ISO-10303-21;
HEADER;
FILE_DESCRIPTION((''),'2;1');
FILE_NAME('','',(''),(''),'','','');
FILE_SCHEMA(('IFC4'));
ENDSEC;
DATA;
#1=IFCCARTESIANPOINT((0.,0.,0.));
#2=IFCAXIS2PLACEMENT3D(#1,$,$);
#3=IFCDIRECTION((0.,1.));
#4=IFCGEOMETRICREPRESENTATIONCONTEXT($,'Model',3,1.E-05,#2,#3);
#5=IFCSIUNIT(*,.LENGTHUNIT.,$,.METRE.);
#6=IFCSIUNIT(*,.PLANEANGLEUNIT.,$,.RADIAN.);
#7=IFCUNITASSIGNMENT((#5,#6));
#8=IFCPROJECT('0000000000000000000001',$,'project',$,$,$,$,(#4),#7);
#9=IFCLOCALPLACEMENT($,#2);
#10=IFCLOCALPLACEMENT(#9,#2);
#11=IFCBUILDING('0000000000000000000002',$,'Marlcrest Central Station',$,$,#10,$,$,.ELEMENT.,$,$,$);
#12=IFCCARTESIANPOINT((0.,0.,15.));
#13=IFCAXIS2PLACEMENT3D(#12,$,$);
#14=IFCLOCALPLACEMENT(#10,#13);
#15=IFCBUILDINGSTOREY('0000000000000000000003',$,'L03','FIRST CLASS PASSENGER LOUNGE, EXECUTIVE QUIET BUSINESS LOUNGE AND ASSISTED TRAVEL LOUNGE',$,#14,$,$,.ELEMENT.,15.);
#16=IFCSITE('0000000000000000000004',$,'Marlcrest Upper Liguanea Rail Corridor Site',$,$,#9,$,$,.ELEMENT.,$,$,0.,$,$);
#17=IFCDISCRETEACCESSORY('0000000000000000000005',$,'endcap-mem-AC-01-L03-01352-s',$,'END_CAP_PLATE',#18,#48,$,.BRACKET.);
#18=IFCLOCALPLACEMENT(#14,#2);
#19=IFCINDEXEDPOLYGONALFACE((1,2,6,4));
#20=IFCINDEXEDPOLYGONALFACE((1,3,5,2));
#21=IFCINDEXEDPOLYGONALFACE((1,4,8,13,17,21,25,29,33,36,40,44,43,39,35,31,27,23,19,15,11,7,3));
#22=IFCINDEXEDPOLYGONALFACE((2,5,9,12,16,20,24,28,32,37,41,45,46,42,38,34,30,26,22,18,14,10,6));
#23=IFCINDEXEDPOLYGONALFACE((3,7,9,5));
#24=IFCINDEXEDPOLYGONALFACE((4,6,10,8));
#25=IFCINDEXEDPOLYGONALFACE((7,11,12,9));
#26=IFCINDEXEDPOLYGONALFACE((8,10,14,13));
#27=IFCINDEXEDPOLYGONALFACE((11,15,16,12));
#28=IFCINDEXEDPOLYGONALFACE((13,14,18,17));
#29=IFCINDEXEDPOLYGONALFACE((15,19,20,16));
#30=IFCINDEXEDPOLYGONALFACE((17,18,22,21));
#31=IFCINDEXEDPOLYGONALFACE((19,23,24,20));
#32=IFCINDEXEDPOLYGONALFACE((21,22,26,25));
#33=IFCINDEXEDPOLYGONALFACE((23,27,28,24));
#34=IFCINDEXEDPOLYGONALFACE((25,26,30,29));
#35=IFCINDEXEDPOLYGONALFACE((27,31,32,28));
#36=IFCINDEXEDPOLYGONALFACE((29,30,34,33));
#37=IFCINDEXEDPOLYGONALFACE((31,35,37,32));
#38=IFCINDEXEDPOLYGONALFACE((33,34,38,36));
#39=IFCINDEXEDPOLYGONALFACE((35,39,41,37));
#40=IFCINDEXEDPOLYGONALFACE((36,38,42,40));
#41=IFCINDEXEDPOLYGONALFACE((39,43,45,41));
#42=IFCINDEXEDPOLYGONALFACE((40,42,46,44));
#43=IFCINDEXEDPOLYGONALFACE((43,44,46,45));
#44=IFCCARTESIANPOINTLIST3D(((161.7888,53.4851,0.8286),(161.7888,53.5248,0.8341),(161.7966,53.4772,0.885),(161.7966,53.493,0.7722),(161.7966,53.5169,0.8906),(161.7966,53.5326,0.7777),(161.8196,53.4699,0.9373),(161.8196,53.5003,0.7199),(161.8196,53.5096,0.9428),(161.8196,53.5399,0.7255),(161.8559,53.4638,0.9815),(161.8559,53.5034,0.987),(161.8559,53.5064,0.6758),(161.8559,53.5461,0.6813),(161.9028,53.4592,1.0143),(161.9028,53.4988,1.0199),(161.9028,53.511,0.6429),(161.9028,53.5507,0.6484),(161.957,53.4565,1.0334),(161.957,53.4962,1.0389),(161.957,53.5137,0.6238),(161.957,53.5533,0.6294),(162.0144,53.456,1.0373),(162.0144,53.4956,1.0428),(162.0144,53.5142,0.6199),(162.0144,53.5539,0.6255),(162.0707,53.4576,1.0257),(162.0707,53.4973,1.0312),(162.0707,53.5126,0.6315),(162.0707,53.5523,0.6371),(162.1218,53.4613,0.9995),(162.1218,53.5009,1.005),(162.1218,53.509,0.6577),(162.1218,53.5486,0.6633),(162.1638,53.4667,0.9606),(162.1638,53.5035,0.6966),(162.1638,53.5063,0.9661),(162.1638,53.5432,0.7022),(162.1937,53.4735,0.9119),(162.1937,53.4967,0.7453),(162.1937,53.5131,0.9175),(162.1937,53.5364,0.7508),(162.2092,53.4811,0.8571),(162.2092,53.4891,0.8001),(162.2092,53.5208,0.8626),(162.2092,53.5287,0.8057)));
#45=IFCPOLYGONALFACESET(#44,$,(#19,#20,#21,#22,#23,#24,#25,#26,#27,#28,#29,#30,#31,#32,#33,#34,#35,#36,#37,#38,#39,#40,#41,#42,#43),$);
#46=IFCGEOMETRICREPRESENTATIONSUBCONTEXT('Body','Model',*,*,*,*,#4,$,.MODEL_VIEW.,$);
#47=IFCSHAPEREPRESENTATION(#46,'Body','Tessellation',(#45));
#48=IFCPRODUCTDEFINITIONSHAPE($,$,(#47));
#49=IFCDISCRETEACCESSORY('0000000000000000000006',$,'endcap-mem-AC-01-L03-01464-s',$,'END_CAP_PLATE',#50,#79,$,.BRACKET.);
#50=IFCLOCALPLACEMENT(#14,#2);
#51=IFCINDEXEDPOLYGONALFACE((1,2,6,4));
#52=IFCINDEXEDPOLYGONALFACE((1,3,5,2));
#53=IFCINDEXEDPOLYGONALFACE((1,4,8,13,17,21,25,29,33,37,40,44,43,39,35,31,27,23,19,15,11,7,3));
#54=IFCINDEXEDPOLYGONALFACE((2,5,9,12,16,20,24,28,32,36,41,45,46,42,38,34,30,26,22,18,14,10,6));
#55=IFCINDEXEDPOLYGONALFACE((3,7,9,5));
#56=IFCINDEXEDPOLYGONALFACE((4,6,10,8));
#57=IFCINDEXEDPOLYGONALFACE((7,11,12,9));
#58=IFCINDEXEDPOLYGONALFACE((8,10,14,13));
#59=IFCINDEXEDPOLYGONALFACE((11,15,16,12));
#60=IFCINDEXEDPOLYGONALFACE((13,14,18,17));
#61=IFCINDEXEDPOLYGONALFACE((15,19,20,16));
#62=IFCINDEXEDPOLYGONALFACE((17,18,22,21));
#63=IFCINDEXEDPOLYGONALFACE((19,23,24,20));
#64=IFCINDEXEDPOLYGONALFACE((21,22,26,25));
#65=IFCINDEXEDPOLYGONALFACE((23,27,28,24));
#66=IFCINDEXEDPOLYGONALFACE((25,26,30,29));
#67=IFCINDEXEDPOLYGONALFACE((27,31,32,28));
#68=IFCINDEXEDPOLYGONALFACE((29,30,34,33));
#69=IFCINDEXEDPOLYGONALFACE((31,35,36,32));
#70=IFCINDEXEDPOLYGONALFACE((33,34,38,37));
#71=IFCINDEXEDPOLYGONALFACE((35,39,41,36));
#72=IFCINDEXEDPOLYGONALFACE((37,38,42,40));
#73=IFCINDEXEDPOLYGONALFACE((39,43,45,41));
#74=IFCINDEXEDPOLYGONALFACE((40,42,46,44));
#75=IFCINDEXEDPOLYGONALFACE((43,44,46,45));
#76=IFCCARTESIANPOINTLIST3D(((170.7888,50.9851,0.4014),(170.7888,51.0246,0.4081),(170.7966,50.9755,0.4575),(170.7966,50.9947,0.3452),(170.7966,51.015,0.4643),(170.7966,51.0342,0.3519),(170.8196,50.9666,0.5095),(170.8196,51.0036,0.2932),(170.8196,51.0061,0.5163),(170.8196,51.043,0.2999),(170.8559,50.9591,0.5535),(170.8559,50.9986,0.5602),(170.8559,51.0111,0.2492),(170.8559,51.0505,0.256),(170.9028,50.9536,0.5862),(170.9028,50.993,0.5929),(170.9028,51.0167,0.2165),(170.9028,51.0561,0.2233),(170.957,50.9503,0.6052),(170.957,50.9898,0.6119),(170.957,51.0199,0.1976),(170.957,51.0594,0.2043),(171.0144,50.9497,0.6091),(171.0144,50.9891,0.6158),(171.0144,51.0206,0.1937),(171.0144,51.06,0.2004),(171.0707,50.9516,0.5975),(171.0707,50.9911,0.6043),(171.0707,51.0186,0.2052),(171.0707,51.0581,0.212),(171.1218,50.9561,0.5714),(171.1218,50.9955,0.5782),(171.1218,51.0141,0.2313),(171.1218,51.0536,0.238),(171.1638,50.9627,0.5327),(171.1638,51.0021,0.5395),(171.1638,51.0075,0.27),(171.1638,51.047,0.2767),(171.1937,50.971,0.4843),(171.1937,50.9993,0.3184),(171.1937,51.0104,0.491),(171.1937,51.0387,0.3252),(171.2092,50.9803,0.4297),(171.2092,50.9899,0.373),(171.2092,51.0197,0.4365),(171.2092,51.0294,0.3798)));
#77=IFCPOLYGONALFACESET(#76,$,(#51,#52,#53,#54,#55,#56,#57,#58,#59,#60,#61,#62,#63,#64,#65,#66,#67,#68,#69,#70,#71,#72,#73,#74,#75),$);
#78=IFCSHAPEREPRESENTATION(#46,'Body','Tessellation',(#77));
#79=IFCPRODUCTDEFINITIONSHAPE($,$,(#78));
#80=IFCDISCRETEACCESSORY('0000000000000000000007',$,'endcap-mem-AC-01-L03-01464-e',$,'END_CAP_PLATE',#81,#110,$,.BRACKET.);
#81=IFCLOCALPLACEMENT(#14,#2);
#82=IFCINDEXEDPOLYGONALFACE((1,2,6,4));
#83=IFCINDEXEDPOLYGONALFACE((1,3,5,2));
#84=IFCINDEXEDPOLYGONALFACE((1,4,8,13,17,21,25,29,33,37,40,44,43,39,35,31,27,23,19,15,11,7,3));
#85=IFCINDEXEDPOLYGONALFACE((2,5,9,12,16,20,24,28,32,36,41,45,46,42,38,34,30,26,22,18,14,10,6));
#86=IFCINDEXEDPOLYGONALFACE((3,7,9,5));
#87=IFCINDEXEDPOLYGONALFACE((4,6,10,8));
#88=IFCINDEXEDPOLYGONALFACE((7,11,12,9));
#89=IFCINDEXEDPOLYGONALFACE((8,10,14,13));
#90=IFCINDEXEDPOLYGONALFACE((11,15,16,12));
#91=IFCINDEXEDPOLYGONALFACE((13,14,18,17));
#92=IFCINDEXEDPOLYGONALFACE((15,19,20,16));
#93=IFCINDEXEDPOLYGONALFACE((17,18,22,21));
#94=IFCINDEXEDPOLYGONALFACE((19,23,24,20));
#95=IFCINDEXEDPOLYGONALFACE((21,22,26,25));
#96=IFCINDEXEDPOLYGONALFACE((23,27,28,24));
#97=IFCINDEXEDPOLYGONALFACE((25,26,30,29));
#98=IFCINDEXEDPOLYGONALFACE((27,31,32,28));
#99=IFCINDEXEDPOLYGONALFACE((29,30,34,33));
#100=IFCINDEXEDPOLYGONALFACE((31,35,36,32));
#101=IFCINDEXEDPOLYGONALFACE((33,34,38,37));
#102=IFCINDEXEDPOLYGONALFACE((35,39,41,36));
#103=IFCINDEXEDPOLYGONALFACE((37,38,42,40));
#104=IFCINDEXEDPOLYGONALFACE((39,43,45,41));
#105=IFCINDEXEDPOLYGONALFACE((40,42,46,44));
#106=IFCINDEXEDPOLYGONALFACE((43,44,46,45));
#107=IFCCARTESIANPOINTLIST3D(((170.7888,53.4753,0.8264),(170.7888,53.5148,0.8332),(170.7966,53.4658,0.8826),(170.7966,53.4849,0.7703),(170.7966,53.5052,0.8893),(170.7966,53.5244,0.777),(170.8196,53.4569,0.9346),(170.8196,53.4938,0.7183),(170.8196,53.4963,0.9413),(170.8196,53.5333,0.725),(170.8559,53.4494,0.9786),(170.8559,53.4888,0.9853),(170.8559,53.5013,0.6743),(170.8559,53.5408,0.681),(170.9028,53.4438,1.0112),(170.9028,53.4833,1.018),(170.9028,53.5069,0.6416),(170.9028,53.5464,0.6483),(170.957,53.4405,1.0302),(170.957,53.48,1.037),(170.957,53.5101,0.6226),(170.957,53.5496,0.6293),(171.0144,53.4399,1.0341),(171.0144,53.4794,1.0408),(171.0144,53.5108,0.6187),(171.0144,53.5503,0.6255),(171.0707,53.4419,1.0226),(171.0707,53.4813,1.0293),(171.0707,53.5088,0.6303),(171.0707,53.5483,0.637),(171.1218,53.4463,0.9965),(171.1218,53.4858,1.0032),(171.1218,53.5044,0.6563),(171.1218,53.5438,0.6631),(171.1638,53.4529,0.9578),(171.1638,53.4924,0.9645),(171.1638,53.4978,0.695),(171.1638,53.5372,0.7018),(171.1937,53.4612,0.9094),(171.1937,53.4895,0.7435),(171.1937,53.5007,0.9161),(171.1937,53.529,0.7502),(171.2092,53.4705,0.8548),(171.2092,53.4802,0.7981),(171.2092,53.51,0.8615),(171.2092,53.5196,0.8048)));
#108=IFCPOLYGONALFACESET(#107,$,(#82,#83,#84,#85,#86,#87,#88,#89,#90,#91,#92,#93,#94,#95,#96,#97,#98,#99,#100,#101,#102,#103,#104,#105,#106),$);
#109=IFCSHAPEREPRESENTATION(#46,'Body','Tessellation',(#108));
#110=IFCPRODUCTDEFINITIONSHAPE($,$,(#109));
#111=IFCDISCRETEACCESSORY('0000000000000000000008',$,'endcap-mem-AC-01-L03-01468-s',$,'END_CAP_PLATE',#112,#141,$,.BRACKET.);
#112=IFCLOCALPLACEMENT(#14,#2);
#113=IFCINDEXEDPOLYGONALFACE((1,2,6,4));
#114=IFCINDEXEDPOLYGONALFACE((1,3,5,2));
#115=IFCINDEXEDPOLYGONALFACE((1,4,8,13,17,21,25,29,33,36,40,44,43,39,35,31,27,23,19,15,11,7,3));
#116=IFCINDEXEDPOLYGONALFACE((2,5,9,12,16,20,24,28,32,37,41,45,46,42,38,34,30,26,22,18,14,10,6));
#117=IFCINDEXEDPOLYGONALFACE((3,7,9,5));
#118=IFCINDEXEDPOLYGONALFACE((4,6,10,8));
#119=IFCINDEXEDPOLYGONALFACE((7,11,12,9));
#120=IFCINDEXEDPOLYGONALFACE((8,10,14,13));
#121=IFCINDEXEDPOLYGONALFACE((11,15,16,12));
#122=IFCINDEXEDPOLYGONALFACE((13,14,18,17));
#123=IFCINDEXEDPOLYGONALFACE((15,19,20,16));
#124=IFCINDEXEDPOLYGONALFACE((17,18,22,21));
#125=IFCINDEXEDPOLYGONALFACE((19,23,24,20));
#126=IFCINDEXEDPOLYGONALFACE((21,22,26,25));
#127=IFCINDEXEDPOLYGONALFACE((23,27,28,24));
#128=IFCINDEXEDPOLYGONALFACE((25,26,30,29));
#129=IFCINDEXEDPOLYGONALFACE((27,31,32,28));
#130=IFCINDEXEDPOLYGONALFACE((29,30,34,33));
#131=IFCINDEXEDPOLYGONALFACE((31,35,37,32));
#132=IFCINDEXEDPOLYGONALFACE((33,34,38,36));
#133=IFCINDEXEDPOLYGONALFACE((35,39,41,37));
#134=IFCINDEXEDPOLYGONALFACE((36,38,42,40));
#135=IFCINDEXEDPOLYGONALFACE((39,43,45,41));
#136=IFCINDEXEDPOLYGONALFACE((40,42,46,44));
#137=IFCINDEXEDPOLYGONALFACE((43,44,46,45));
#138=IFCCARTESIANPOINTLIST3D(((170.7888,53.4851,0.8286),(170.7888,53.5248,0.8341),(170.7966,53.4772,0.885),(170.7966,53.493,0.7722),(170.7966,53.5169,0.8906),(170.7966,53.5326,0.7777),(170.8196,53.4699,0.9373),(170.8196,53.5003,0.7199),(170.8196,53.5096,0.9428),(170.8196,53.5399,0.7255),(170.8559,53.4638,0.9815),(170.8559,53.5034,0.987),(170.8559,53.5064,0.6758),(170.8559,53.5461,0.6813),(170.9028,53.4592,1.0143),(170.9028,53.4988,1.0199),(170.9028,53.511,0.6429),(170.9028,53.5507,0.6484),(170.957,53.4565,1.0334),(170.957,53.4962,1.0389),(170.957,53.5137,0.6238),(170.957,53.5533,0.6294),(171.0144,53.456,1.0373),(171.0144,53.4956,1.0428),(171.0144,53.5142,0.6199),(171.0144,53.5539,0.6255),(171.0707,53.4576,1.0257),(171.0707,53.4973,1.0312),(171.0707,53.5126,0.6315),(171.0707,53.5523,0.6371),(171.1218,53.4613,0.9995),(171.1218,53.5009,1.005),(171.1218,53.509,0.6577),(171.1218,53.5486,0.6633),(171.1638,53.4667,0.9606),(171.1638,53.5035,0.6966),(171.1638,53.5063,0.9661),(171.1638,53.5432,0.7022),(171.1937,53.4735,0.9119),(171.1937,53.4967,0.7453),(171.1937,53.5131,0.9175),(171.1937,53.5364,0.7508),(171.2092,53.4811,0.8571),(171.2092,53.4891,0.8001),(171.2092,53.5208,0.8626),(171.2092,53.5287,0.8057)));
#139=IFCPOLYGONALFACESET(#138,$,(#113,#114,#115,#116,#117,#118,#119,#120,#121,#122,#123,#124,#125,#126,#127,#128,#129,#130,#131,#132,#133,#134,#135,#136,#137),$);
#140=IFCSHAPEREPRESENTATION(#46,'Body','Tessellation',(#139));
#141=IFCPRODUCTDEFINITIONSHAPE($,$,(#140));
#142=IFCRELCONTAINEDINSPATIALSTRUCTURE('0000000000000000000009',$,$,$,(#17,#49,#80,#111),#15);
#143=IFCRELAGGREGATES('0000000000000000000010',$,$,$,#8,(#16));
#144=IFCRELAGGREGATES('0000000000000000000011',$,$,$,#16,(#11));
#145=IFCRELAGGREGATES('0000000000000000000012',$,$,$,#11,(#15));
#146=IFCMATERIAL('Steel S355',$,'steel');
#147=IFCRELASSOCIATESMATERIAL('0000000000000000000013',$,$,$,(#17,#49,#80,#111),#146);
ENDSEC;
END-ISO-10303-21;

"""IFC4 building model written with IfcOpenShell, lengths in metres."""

from ifc_helpers import new_model, si_unit, direction, frame, origin, origin_2d, place, context, subcontext, project, spatial, circle, extrude, material, element, save


model = new_model("IFC4")

# Units and contexts
model_context = context("Model", 3, precision=1e-05, world=origin(), true_north=direction((0.0, 1.0)))
body_context = subcontext(model_context, "Body", "Model", "MODEL_VIEW")
ifc_project = project(units=[si_unit("LENGTHUNIT", "METRE"), si_unit("PLANEANGLEUNIT", "RADIAN")], contexts=[model_context])

# Site, building, storey
site_placement = place(None, origin())
site = spatial("IfcSite", under=ifc_project, at=site_placement, Name="Marlcrest Upper Liguanea Rail Corridor Site", CompositionType="ELEMENT", RefElevation=0.0)
building_placement = place(site_placement, origin())
building = spatial("IfcBuilding", under=site, at=building_placement, Name="Marlcrest Central Station", CompositionType="ELEMENT")
storey_placement = place(building_placement, frame((0.0, 0.0, 15.0)))
storey = spatial("IfcBuildingStorey", under=building, at=storey_placement, Name="L03", Description="FIRST CLASS PASSENGER LOUNGE, EXECUTIVE QUIET BUSINESS LOUNGE AND ASSISTED TRAVEL LOUNGE", CompositionType="ELEMENT", Elevation=15.0)

# Shared definitions
ifc_material_1 = material(Name="Steel S355", Category="steel")

# Discrete accessories
for number, where, z_axis, x_axis, name in (
    (1, (162.0, 53.4851, 0.8286), (0.0, 0.990403, 0.138211), (-1.0, 0.0, 0.0), "endcap-mem-AC-01-L03-01352-s"),
    (2, (171.0, 50.9851, 0.4014), (0.0, 0.985741, 0.168269), (-1.0, 0.0, 0.0), "endcap-mem-AC-01-L03-01464-s"),
    (3, (171.0, 53.4753, 0.8264), (0.0, 0.985741, 0.168269), (-1.0, 0.0, 0.0), "endcap-mem-AC-01-L03-01464-e"),
    (4, (171.0, 53.4851, 0.8286), (0.0, 0.990403, 0.138211), (-1.0, 0.0, 0.0), "endcap-mem-AC-01-L03-01468-s"),
):
    element("IfcDiscreteAccessory", number, at=place(storey_placement, frame(where, z_axis=z_axis, x_axis=x_axis)), inside=storey, material=ifc_material_1, Name=name, ObjectType="END_CAP_PLATE", PredefinedType="BRACKET", context=body_context, shape_type="SweptSolid", body=[
        extrude(circle(Radius=0.2112, at=origin_2d()), origin(), (0.0, 0.0, 1.0), 0.04),
    ])

save(model, "model.ifc")
